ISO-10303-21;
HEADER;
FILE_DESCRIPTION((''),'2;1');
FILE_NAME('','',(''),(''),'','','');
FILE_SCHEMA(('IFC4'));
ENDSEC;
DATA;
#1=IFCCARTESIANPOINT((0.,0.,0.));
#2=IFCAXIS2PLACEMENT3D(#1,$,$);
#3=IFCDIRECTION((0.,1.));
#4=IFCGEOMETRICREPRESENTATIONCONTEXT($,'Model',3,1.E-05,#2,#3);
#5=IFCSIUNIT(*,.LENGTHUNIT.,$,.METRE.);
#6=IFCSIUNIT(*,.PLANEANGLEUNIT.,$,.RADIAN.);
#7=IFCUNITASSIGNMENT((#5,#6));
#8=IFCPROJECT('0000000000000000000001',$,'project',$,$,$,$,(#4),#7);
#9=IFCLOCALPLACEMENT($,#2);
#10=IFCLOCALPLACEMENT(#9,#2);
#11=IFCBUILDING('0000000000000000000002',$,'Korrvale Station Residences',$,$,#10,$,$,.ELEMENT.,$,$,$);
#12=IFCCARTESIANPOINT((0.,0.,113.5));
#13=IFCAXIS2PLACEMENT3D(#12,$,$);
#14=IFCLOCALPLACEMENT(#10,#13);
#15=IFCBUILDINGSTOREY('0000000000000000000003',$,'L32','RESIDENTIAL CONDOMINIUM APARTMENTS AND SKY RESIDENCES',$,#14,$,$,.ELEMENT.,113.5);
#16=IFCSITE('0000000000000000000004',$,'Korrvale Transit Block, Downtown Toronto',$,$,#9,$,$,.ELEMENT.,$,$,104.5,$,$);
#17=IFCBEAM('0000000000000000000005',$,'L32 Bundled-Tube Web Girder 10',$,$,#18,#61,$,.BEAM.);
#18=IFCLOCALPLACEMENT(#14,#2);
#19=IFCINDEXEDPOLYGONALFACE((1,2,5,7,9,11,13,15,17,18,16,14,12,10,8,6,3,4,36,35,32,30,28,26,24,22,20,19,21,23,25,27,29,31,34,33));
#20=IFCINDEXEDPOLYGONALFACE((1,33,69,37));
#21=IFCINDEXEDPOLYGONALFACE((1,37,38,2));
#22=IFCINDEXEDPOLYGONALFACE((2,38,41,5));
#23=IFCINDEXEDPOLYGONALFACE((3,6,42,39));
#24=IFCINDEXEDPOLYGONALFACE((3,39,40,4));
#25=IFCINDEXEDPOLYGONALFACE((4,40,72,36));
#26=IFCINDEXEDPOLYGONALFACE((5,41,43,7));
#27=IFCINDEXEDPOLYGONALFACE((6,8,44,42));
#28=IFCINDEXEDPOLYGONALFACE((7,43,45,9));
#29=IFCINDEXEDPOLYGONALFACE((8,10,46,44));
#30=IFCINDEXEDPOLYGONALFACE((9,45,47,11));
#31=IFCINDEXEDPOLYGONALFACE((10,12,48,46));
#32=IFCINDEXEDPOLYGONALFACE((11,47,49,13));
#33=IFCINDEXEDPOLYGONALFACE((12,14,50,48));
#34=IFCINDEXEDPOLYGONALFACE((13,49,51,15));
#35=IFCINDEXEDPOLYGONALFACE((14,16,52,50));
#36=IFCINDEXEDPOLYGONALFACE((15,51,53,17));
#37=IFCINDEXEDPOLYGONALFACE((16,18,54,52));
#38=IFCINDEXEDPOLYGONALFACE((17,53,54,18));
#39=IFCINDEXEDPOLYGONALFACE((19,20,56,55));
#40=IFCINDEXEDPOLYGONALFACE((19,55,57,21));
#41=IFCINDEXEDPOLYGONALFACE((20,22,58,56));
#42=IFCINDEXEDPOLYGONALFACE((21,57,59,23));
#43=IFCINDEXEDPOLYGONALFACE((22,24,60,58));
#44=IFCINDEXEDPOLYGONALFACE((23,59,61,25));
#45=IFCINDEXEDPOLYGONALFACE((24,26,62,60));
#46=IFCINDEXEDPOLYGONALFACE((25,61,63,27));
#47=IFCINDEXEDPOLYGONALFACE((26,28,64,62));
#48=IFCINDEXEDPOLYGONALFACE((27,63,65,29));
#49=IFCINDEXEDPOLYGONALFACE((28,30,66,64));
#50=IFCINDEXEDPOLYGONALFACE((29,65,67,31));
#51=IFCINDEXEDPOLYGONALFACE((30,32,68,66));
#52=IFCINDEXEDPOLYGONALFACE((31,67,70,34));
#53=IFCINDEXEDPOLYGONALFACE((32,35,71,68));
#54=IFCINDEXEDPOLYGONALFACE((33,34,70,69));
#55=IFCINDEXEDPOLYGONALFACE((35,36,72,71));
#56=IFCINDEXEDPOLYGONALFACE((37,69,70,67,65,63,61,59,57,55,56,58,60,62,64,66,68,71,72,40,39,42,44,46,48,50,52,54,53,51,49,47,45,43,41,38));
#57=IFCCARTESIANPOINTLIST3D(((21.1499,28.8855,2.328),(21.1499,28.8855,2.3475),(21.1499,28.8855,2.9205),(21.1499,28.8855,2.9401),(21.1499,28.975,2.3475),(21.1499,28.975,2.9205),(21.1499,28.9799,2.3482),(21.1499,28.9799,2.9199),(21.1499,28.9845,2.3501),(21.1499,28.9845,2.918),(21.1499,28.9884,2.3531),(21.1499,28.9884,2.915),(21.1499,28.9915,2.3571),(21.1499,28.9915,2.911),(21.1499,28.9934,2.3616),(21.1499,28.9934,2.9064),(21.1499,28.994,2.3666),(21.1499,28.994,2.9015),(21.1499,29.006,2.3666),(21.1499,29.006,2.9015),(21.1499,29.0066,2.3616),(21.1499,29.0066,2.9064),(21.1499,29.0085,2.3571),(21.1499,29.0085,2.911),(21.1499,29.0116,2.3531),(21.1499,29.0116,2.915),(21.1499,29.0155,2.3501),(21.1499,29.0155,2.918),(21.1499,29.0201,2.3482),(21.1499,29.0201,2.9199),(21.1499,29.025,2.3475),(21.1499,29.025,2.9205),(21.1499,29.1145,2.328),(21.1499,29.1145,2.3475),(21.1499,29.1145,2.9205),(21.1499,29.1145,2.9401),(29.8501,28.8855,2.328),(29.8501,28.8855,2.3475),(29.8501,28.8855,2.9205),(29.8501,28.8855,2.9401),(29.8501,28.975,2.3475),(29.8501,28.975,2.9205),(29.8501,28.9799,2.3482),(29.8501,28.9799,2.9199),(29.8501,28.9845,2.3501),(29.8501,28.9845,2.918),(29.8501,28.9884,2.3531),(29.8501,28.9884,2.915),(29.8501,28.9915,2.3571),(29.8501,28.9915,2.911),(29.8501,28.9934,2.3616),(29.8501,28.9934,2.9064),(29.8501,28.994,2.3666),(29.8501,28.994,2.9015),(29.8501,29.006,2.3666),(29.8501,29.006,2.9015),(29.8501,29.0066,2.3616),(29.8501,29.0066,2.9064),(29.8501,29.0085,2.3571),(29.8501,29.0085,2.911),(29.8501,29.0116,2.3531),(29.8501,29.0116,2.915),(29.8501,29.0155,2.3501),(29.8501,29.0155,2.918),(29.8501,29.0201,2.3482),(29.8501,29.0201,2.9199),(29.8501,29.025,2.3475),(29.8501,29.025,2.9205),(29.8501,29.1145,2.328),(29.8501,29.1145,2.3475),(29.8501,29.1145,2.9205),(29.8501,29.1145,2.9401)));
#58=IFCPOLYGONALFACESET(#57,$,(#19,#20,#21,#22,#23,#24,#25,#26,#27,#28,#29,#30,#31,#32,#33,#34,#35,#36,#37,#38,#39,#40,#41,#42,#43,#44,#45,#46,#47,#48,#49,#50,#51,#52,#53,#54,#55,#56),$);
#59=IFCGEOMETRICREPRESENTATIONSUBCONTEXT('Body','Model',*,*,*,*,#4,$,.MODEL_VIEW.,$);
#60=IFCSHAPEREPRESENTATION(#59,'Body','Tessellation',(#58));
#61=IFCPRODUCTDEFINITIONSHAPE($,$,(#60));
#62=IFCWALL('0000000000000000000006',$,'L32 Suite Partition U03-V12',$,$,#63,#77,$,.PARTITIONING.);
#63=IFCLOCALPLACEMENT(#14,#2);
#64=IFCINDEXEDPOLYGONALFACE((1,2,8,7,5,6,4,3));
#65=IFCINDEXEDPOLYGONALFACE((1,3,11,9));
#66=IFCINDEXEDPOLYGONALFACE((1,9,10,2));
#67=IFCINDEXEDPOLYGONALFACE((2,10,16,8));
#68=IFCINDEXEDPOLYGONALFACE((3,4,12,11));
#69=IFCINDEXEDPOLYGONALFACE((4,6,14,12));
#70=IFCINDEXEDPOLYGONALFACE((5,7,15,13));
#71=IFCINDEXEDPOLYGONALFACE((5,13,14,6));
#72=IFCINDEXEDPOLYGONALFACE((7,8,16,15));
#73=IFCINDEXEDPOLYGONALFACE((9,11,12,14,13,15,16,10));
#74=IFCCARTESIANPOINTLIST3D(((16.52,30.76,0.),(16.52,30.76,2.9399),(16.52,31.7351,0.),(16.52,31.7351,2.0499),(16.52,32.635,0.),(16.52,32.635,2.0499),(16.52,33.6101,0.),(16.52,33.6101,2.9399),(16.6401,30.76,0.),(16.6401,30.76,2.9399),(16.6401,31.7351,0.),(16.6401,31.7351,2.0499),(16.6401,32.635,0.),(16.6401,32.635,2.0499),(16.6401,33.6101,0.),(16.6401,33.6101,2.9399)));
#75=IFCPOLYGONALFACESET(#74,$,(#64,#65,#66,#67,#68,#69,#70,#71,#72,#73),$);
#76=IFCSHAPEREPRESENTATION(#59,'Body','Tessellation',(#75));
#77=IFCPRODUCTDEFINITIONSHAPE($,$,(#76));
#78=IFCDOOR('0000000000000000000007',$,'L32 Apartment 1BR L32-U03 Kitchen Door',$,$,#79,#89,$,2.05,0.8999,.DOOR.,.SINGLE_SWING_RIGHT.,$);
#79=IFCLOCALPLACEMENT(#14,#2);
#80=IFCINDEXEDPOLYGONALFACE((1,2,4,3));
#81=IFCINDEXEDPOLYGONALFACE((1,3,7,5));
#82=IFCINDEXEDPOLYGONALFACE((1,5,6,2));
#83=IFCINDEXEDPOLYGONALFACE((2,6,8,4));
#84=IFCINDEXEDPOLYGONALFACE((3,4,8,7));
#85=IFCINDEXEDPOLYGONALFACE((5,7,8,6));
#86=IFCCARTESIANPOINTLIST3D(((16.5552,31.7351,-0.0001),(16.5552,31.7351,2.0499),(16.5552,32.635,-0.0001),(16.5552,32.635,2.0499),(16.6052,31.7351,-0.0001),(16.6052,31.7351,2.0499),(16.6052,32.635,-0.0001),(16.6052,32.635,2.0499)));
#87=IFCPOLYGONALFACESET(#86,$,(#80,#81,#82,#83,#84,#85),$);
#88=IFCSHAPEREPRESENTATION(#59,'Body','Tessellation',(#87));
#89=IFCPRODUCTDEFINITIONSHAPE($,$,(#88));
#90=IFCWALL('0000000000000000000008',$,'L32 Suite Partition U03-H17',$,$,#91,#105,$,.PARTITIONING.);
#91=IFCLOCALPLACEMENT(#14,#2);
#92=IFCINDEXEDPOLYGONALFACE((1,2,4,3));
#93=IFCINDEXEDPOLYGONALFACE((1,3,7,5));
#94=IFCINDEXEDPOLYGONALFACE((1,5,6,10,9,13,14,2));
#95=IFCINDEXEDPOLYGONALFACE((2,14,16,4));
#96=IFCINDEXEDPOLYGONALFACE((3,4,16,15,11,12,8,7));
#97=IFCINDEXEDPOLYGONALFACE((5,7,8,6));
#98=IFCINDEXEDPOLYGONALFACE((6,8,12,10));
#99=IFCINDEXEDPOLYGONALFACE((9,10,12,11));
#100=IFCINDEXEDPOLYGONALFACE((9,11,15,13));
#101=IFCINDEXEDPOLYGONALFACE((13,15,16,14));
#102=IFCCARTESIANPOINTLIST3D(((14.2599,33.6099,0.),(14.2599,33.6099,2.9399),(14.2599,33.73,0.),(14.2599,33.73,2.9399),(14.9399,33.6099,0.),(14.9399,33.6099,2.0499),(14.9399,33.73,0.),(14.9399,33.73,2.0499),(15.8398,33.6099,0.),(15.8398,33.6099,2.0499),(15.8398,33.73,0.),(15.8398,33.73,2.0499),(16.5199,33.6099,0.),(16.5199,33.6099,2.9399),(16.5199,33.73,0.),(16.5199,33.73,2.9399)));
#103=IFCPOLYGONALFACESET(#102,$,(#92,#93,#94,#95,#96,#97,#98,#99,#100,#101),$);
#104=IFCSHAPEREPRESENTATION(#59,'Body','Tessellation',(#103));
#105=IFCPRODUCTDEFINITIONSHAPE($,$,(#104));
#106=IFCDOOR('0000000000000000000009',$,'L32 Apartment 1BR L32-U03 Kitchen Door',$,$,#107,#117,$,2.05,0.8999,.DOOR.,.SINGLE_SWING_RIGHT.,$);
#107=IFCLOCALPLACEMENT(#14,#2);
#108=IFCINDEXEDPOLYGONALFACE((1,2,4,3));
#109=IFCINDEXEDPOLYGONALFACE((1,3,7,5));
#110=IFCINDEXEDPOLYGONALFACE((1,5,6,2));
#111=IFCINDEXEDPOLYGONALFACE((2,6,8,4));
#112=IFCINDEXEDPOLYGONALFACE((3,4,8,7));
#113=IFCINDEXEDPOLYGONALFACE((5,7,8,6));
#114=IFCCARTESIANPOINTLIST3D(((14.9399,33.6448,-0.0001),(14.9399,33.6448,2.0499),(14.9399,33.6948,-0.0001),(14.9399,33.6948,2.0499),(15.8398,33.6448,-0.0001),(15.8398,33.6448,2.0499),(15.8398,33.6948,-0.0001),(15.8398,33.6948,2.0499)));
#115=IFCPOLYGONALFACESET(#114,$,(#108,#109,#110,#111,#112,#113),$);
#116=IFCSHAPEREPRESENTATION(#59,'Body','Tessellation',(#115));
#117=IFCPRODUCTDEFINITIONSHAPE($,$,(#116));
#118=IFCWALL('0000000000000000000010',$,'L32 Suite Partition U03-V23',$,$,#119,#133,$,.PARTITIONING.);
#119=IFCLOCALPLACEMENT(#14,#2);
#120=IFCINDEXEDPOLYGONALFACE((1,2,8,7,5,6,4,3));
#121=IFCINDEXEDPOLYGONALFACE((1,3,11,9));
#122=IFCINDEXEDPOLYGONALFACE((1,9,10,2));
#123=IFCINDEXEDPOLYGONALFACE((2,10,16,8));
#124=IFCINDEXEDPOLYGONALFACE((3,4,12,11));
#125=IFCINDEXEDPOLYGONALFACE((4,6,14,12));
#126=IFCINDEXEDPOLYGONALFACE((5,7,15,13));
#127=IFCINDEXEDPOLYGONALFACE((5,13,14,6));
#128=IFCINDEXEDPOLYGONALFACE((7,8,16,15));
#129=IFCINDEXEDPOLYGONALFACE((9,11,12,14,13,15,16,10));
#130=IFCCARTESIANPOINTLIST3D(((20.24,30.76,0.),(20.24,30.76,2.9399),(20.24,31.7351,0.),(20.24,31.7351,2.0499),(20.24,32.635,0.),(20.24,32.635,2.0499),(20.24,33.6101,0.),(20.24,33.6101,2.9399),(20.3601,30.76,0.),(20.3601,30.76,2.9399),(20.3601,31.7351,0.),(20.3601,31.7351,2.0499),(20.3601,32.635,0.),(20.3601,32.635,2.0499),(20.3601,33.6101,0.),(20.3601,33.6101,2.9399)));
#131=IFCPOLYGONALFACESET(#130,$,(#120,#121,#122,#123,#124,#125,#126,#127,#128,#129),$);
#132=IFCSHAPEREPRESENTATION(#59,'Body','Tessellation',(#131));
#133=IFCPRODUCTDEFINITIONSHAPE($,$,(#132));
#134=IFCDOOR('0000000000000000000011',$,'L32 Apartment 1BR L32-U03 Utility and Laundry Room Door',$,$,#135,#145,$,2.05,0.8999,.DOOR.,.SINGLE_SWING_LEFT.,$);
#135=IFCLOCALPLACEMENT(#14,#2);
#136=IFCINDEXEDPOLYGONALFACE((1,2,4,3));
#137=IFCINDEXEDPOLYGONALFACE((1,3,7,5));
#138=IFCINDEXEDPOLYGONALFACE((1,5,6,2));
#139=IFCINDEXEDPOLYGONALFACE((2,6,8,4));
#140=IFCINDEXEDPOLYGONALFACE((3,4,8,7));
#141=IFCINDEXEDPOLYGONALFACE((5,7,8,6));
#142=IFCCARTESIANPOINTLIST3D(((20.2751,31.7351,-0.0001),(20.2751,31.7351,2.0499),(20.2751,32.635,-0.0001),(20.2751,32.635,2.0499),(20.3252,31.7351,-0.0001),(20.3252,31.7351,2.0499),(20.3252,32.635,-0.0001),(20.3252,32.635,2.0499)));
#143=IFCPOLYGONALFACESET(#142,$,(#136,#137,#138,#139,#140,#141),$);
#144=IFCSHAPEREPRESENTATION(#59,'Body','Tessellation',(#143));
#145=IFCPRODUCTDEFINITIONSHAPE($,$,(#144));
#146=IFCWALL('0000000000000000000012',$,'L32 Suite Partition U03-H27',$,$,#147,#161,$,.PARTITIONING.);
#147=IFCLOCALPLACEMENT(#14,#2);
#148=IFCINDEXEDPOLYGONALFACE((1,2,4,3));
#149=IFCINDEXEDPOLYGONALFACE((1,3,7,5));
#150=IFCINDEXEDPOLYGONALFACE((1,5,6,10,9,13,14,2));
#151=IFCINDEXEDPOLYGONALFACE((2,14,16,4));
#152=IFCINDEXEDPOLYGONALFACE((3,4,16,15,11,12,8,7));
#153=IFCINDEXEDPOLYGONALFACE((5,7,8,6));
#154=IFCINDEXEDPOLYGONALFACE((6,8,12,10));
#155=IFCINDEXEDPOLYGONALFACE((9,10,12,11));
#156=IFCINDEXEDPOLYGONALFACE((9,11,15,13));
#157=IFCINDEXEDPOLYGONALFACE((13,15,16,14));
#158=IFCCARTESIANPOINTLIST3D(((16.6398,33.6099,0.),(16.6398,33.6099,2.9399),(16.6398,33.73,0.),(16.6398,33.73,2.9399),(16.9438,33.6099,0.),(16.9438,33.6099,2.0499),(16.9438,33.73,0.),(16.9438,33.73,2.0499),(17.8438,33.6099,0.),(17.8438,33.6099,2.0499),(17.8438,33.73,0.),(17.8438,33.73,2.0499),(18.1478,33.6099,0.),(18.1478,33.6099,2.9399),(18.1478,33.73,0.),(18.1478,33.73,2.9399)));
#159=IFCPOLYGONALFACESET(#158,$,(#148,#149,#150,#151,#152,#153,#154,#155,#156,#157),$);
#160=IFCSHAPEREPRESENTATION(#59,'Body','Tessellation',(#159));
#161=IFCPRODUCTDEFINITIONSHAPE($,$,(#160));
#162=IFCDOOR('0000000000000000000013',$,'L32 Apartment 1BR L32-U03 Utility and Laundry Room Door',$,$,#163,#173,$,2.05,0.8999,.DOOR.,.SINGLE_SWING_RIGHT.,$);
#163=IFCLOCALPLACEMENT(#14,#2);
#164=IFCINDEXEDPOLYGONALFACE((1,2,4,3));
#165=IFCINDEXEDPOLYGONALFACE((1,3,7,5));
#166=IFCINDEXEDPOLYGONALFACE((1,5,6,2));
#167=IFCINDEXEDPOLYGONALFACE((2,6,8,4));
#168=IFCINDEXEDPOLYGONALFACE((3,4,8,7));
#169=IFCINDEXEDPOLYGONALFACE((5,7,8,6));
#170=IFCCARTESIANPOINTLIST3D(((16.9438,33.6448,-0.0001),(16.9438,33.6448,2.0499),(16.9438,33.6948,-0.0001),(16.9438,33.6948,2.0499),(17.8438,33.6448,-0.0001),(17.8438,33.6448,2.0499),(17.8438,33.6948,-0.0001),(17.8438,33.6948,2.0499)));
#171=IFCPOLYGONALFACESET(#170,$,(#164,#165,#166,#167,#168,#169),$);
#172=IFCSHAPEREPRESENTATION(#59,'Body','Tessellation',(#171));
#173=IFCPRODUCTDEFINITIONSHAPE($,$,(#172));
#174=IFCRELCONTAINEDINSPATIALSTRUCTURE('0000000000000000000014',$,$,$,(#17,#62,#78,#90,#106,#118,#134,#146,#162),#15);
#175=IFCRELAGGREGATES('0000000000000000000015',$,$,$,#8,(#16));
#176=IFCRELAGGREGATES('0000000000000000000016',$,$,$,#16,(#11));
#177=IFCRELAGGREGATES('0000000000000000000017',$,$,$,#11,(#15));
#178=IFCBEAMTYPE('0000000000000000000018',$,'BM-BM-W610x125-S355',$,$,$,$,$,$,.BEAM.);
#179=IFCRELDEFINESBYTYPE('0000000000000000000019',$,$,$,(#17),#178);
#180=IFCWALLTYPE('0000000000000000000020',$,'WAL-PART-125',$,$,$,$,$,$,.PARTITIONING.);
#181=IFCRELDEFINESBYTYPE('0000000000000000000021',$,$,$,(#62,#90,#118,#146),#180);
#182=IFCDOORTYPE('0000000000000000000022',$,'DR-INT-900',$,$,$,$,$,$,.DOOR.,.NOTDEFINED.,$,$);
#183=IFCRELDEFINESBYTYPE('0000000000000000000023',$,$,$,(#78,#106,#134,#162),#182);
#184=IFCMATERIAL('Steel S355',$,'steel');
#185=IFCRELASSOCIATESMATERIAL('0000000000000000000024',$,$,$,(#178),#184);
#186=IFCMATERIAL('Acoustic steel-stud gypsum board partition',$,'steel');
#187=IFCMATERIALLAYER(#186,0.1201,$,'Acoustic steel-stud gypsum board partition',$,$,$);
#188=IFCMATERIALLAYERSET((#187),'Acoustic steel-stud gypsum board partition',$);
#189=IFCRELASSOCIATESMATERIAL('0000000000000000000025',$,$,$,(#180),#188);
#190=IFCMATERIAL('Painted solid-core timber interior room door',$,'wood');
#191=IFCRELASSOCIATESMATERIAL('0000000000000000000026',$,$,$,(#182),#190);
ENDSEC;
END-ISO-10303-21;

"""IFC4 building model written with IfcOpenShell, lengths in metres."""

from ifc_helpers import new_model, si_unit, direction, frame, frame_2d, origin, origin_2d, place, context, subcontext, project, spatial, rectangle, i_section, extrude, material, layer, layer_set, material_profile, profile_set, type_object, element, fill, save


model = new_model("IFC4")

# Units and contexts
model_context = context("Model", 3, precision=1e-05, world=origin(), true_north=direction((0.0, 1.0)))
body_context = subcontext(model_context, "Body", "Model", "MODEL_VIEW")
ifc_project = project(units=[si_unit("LENGTHUNIT", "METRE"), si_unit("PLANEANGLEUNIT", "RADIAN")], contexts=[model_context])

# Site, building, storey
site_placement = place(None, origin())
site = spatial("IfcSite", under=ifc_project, at=site_placement, Name="Korrvale Transit Block, Downtown Toronto", CompositionType="ELEMENT", RefElevation=104.5)
building_placement = place(site_placement, origin())
building = spatial("IfcBuilding", under=site, at=building_placement, Name="Korrvale Station Residences", CompositionType="ELEMENT")
storey_placement = place(building_placement, frame((0.0, 0.0, 113.5)))
storey = spatial("IfcBuildingStorey", under=building, at=storey_placement, Name="L32", Description="RESIDENTIAL CONDOMINIUM APARTMENTS AND SKY RESIDENCES", CompositionType="ELEMENT", Elevation=113.5)

# Beam
ifc_material_1 = material(Name="Steel S355", Category="steel")
ifc_material_profile = material_profile(ifc_material_1, i_section(OverallWidth=0.229, OverallDepth=0.6121, WebThickness=0.012, FlangeThickness=0.0195, FilletRadius=0.019, at=origin_2d()), Name="W610x125")
ifc_profile_set = profile_set([ifc_material_profile], Name="Steel S355")
beam_type = type_object("IfcBeamType", Name="BM-BM-W610x125-S355", PredefinedType="BEAM", material=ifc_profile_set)
beam_placement = place(storey_placement, frame((21.1499, 29.0, 2.634), z_axis=(1.0, 0.0, 0.0), x_axis=(0.0, 1.0, 0.0)))
element("IfcBeam", 1, at=beam_placement, inside=storey, type_object=beam_type, Name="L32 Bundled-Tube Web Girder 10", PredefinedType="BEAM", context=body_context, shape_type="SweptSolid", body=[
    extrude(i_section(OverallWidth=0.229, OverallDepth=0.6121, WebThickness=0.012, FlangeThickness=0.0195, FilletRadius=0.019, at=origin_2d()), origin(), (0.0, 0.0, 1.0), 8.7002),
])

# Walls, openings, doors
ifc_material_2 = material(Name="Acoustic steel-stud gypsum board partition", Category="steel")
ifc_layer = layer(ifc_material_2, 0.1201, Name="Acoustic steel-stud gypsum board partition")
ifc_layer_set = layer_set([ifc_layer], Name="Acoustic steel-stud gypsum board partition")
wall_type = type_object("IfcWallType", Name="WAL-PART-125", PredefinedType="PARTITIONING", material=ifc_layer_set)
wall_1_placement = place(storey_placement, frame((16.5801, 30.76, 0.0), z_axis=(0.0, 0.0, 1.0), x_axis=(0.0, 1.0, 0.0)))
wall_1 = element("IfcWall", 2, at=wall_1_placement, inside=storey, type_object=wall_type, Name="L32 Suite Partition U03-V12", PredefinedType="PARTITIONING", context=body_context, shape_type="SweptSolid", body=[
    extrude(rectangle(XDim=2.8501, YDim=0.1201, at=frame_2d((1.425, 0.0))), origin(), (0.0, 0.0, 1.0), 2.9399),
])
opening_1_placement = place(wall_1_placement, frame((0.9751, 0.0, 0.0)))
opening_1 = element("IfcOpeningElement", 3, at=opening_1_placement, cuts=wall_1, PredefinedType="OPENING", context=body_context, shape_type="SweptSolid", body=[
    extrude(rectangle(XDim=0.8999, YDim=2.05, at=frame_2d((0.45, 1.0249))), frame((0.0, 0.0701, 0.0), z_axis=(0.0, -1.0, 0.0), x_axis=(1.0, 0.0, 0.0)), (0.0, 0.0, 1.0), 0.1401),
])
ifc_material_3 = material(Name="Painted solid-core timber interior room door", Category="wood")
door_type = type_object("IfcDoorType", Name="DR-INT-900", OperationType="NOTDEFINED", PredefinedType="DOOR", material=ifc_material_3)
door_1_placement = place(opening_1_placement, origin())
door_1 = element("IfcDoor", 4, at=door_1_placement, inside=storey, type_object=door_type, Name="L32 Apartment 1BR L32-U03 Kitchen Door", OperationType="SINGLE_SWING_RIGHT", OverallHeight=2.05, OverallWidth=0.8999, PredefinedType="DOOR", context=body_context, shape_type="SweptSolid", body=[
    extrude(rectangle(XDim=0.8999, YDim=2.05, at=frame_2d((0.45, 1.0249))), frame((0.0, 0.0249, 0.0), z_axis=(0.0, -1.0, 0.0), x_axis=(1.0, 0.0, 0.0)), (0.0, 0.0, 1.0), 0.05),
])
fill(opening_1, door_1)
wall_2_placement = place(storey_placement, frame((14.26, 33.6699, 0.0), z_axis=(0.0, 0.0, 1.0), x_axis=(1.0, 0.0, 0.0)))
wall_2 = element("IfcWall", 5, at=wall_2_placement, inside=storey, type_object=wall_type, Name="L32 Suite Partition U03-H17", PredefinedType="PARTITIONING", context=body_context, shape_type="SweptSolid", body=[
    extrude(rectangle(XDim=2.26, YDim=0.1201, at=frame_2d((1.1299, 0.0))), origin(), (0.0, 0.0, 1.0), 2.9399),
])
opening_2_placement = place(wall_2_placement, frame((0.6799, 0.0, 0.0)))
opening_2 = element("IfcOpeningElement", 6, at=opening_2_placement, cuts=wall_2, PredefinedType="OPENING", context=body_context, shape_type="SweptSolid", body=[
    extrude(rectangle(XDim=0.8999, YDim=2.05, at=frame_2d((0.45, 1.0249))), frame((0.0, 0.0701, 0.0), z_axis=(0.0, -1.0, 0.0), x_axis=(1.0, 0.0, 0.0)), (0.0, 0.0, 1.0), 0.1401),
])
door_2_placement = place(opening_2_placement, origin())
door_2 = element("IfcDoor", 7, at=door_2_placement, inside=storey, type_object=door_type, Name="L32 Apartment 1BR L32-U03 Kitchen Door", OperationType="SINGLE_SWING_RIGHT", OverallHeight=2.05, OverallWidth=0.8999, PredefinedType="DOOR", context=body_context, shape_type="SweptSolid", body=[
    extrude(rectangle(XDim=0.8999, YDim=2.05, at=frame_2d((0.45, 1.0249))), frame((0.0, 0.0249, 0.0), z_axis=(0.0, -1.0, 0.0), x_axis=(1.0, 0.0, 0.0)), (0.0, 0.0, 1.0), 0.05),
])
fill(opening_2, door_2)
wall_3_placement = place(storey_placement, frame((20.3, 30.76, 0.0), z_axis=(0.0, 0.0, 1.0), x_axis=(0.0, 1.0, 0.0)))
wall_3 = element("IfcWall", 8, at=wall_3_placement, inside=storey, type_object=wall_type, Name="L32 Suite Partition U03-V23", PredefinedType="PARTITIONING", context=body_context, shape_type="SweptSolid", body=[
    extrude(rectangle(XDim=2.8501, YDim=0.1201, at=frame_2d((1.425, 0.0))), origin(), (0.0, 0.0, 1.0), 2.9399),
])
opening_3_placement = place(wall_3_placement, frame((0.9751, 0.0, 0.0)))
opening_3 = element("IfcOpeningElement", 9, at=opening_3_placement, cuts=wall_3, PredefinedType="OPENING", context=body_context, shape_type="SweptSolid", body=[
    extrude(rectangle(XDim=0.8999, YDim=2.05, at=frame_2d((0.45, 1.0249))), frame((0.0, 0.0701, 0.0), z_axis=(0.0, -1.0, 0.0), x_axis=(1.0, 0.0, 0.0)), (0.0, 0.0, 1.0), 0.1401),
])
door_3_placement = place(opening_3_placement, origin())
door_3 = element("IfcDoor", 10, at=door_3_placement, inside=storey, type_object=door_type, Name="L32 Apartment 1BR L32-U03 Utility and Laundry Room Door", OperationType="SINGLE_SWING_LEFT", OverallHeight=2.05, OverallWidth=0.8999, PredefinedType="DOOR", context=body_context, shape_type="SweptSolid", body=[
    extrude(rectangle(XDim=0.8999, YDim=2.05, at=frame_2d((0.45, 1.0249))), frame((0.0, 0.0249, 0.0), z_axis=(0.0, -1.0, 0.0), x_axis=(1.0, 0.0, 0.0)), (0.0, 0.0, 1.0), 0.05),
])
fill(opening_3, door_3)
wall_4_placement = place(storey_placement, frame((16.6399, 33.6699, 0.0), z_axis=(0.0, 0.0, 1.0), x_axis=(1.0, 0.0, 0.0)))
wall_4 = element("IfcWall", 11, at=wall_4_placement, inside=storey, type_object=wall_type, Name="L32 Suite Partition U03-H27", PredefinedType="PARTITIONING", context=body_context, shape_type="SweptSolid", body=[
    extrude(rectangle(XDim=1.5081, YDim=0.1201, at=frame_2d((0.7539, 0.0))), origin(), (0.0, 0.0, 1.0), 2.9399),
])
opening_4_placement = place(wall_4_placement, frame((0.304, 0.0, 0.0)))
opening_4 = element("IfcOpeningElement", 12, at=opening_4_placement, cuts=wall_4, PredefinedType="OPENING", context=body_context, shape_type="SweptSolid", body=[
    extrude(rectangle(XDim=0.8999, YDim=2.05, at=frame_2d((0.45, 1.0249))), frame((0.0, 0.0701, 0.0), z_axis=(0.0, -1.0, 0.0), x_axis=(1.0, 0.0, 0.0)), (0.0, 0.0, 1.0), 0.1401),
])
door_4_placement = place(opening_4_placement, origin())
door_4 = element("IfcDoor", 13, at=door_4_placement, inside=storey, type_object=door_type, Name="L32 Apartment 1BR L32-U03 Utility and Laundry Room Door", OperationType="SINGLE_SWING_RIGHT", OverallHeight=2.05, OverallWidth=0.8999, PredefinedType="DOOR", context=body_context, shape_type="SweptSolid", body=[
    extrude(rectangle(XDim=0.8999, YDim=2.05, at=frame_2d((0.45, 1.0249))), frame((0.0, 0.0249, 0.0), z_axis=(0.0, -1.0, 0.0), x_axis=(1.0, 0.0, 0.0)), (0.0, 0.0, 1.0), 0.05),
])
fill(opening_4, door_4)

save(model, "model.ifc")
